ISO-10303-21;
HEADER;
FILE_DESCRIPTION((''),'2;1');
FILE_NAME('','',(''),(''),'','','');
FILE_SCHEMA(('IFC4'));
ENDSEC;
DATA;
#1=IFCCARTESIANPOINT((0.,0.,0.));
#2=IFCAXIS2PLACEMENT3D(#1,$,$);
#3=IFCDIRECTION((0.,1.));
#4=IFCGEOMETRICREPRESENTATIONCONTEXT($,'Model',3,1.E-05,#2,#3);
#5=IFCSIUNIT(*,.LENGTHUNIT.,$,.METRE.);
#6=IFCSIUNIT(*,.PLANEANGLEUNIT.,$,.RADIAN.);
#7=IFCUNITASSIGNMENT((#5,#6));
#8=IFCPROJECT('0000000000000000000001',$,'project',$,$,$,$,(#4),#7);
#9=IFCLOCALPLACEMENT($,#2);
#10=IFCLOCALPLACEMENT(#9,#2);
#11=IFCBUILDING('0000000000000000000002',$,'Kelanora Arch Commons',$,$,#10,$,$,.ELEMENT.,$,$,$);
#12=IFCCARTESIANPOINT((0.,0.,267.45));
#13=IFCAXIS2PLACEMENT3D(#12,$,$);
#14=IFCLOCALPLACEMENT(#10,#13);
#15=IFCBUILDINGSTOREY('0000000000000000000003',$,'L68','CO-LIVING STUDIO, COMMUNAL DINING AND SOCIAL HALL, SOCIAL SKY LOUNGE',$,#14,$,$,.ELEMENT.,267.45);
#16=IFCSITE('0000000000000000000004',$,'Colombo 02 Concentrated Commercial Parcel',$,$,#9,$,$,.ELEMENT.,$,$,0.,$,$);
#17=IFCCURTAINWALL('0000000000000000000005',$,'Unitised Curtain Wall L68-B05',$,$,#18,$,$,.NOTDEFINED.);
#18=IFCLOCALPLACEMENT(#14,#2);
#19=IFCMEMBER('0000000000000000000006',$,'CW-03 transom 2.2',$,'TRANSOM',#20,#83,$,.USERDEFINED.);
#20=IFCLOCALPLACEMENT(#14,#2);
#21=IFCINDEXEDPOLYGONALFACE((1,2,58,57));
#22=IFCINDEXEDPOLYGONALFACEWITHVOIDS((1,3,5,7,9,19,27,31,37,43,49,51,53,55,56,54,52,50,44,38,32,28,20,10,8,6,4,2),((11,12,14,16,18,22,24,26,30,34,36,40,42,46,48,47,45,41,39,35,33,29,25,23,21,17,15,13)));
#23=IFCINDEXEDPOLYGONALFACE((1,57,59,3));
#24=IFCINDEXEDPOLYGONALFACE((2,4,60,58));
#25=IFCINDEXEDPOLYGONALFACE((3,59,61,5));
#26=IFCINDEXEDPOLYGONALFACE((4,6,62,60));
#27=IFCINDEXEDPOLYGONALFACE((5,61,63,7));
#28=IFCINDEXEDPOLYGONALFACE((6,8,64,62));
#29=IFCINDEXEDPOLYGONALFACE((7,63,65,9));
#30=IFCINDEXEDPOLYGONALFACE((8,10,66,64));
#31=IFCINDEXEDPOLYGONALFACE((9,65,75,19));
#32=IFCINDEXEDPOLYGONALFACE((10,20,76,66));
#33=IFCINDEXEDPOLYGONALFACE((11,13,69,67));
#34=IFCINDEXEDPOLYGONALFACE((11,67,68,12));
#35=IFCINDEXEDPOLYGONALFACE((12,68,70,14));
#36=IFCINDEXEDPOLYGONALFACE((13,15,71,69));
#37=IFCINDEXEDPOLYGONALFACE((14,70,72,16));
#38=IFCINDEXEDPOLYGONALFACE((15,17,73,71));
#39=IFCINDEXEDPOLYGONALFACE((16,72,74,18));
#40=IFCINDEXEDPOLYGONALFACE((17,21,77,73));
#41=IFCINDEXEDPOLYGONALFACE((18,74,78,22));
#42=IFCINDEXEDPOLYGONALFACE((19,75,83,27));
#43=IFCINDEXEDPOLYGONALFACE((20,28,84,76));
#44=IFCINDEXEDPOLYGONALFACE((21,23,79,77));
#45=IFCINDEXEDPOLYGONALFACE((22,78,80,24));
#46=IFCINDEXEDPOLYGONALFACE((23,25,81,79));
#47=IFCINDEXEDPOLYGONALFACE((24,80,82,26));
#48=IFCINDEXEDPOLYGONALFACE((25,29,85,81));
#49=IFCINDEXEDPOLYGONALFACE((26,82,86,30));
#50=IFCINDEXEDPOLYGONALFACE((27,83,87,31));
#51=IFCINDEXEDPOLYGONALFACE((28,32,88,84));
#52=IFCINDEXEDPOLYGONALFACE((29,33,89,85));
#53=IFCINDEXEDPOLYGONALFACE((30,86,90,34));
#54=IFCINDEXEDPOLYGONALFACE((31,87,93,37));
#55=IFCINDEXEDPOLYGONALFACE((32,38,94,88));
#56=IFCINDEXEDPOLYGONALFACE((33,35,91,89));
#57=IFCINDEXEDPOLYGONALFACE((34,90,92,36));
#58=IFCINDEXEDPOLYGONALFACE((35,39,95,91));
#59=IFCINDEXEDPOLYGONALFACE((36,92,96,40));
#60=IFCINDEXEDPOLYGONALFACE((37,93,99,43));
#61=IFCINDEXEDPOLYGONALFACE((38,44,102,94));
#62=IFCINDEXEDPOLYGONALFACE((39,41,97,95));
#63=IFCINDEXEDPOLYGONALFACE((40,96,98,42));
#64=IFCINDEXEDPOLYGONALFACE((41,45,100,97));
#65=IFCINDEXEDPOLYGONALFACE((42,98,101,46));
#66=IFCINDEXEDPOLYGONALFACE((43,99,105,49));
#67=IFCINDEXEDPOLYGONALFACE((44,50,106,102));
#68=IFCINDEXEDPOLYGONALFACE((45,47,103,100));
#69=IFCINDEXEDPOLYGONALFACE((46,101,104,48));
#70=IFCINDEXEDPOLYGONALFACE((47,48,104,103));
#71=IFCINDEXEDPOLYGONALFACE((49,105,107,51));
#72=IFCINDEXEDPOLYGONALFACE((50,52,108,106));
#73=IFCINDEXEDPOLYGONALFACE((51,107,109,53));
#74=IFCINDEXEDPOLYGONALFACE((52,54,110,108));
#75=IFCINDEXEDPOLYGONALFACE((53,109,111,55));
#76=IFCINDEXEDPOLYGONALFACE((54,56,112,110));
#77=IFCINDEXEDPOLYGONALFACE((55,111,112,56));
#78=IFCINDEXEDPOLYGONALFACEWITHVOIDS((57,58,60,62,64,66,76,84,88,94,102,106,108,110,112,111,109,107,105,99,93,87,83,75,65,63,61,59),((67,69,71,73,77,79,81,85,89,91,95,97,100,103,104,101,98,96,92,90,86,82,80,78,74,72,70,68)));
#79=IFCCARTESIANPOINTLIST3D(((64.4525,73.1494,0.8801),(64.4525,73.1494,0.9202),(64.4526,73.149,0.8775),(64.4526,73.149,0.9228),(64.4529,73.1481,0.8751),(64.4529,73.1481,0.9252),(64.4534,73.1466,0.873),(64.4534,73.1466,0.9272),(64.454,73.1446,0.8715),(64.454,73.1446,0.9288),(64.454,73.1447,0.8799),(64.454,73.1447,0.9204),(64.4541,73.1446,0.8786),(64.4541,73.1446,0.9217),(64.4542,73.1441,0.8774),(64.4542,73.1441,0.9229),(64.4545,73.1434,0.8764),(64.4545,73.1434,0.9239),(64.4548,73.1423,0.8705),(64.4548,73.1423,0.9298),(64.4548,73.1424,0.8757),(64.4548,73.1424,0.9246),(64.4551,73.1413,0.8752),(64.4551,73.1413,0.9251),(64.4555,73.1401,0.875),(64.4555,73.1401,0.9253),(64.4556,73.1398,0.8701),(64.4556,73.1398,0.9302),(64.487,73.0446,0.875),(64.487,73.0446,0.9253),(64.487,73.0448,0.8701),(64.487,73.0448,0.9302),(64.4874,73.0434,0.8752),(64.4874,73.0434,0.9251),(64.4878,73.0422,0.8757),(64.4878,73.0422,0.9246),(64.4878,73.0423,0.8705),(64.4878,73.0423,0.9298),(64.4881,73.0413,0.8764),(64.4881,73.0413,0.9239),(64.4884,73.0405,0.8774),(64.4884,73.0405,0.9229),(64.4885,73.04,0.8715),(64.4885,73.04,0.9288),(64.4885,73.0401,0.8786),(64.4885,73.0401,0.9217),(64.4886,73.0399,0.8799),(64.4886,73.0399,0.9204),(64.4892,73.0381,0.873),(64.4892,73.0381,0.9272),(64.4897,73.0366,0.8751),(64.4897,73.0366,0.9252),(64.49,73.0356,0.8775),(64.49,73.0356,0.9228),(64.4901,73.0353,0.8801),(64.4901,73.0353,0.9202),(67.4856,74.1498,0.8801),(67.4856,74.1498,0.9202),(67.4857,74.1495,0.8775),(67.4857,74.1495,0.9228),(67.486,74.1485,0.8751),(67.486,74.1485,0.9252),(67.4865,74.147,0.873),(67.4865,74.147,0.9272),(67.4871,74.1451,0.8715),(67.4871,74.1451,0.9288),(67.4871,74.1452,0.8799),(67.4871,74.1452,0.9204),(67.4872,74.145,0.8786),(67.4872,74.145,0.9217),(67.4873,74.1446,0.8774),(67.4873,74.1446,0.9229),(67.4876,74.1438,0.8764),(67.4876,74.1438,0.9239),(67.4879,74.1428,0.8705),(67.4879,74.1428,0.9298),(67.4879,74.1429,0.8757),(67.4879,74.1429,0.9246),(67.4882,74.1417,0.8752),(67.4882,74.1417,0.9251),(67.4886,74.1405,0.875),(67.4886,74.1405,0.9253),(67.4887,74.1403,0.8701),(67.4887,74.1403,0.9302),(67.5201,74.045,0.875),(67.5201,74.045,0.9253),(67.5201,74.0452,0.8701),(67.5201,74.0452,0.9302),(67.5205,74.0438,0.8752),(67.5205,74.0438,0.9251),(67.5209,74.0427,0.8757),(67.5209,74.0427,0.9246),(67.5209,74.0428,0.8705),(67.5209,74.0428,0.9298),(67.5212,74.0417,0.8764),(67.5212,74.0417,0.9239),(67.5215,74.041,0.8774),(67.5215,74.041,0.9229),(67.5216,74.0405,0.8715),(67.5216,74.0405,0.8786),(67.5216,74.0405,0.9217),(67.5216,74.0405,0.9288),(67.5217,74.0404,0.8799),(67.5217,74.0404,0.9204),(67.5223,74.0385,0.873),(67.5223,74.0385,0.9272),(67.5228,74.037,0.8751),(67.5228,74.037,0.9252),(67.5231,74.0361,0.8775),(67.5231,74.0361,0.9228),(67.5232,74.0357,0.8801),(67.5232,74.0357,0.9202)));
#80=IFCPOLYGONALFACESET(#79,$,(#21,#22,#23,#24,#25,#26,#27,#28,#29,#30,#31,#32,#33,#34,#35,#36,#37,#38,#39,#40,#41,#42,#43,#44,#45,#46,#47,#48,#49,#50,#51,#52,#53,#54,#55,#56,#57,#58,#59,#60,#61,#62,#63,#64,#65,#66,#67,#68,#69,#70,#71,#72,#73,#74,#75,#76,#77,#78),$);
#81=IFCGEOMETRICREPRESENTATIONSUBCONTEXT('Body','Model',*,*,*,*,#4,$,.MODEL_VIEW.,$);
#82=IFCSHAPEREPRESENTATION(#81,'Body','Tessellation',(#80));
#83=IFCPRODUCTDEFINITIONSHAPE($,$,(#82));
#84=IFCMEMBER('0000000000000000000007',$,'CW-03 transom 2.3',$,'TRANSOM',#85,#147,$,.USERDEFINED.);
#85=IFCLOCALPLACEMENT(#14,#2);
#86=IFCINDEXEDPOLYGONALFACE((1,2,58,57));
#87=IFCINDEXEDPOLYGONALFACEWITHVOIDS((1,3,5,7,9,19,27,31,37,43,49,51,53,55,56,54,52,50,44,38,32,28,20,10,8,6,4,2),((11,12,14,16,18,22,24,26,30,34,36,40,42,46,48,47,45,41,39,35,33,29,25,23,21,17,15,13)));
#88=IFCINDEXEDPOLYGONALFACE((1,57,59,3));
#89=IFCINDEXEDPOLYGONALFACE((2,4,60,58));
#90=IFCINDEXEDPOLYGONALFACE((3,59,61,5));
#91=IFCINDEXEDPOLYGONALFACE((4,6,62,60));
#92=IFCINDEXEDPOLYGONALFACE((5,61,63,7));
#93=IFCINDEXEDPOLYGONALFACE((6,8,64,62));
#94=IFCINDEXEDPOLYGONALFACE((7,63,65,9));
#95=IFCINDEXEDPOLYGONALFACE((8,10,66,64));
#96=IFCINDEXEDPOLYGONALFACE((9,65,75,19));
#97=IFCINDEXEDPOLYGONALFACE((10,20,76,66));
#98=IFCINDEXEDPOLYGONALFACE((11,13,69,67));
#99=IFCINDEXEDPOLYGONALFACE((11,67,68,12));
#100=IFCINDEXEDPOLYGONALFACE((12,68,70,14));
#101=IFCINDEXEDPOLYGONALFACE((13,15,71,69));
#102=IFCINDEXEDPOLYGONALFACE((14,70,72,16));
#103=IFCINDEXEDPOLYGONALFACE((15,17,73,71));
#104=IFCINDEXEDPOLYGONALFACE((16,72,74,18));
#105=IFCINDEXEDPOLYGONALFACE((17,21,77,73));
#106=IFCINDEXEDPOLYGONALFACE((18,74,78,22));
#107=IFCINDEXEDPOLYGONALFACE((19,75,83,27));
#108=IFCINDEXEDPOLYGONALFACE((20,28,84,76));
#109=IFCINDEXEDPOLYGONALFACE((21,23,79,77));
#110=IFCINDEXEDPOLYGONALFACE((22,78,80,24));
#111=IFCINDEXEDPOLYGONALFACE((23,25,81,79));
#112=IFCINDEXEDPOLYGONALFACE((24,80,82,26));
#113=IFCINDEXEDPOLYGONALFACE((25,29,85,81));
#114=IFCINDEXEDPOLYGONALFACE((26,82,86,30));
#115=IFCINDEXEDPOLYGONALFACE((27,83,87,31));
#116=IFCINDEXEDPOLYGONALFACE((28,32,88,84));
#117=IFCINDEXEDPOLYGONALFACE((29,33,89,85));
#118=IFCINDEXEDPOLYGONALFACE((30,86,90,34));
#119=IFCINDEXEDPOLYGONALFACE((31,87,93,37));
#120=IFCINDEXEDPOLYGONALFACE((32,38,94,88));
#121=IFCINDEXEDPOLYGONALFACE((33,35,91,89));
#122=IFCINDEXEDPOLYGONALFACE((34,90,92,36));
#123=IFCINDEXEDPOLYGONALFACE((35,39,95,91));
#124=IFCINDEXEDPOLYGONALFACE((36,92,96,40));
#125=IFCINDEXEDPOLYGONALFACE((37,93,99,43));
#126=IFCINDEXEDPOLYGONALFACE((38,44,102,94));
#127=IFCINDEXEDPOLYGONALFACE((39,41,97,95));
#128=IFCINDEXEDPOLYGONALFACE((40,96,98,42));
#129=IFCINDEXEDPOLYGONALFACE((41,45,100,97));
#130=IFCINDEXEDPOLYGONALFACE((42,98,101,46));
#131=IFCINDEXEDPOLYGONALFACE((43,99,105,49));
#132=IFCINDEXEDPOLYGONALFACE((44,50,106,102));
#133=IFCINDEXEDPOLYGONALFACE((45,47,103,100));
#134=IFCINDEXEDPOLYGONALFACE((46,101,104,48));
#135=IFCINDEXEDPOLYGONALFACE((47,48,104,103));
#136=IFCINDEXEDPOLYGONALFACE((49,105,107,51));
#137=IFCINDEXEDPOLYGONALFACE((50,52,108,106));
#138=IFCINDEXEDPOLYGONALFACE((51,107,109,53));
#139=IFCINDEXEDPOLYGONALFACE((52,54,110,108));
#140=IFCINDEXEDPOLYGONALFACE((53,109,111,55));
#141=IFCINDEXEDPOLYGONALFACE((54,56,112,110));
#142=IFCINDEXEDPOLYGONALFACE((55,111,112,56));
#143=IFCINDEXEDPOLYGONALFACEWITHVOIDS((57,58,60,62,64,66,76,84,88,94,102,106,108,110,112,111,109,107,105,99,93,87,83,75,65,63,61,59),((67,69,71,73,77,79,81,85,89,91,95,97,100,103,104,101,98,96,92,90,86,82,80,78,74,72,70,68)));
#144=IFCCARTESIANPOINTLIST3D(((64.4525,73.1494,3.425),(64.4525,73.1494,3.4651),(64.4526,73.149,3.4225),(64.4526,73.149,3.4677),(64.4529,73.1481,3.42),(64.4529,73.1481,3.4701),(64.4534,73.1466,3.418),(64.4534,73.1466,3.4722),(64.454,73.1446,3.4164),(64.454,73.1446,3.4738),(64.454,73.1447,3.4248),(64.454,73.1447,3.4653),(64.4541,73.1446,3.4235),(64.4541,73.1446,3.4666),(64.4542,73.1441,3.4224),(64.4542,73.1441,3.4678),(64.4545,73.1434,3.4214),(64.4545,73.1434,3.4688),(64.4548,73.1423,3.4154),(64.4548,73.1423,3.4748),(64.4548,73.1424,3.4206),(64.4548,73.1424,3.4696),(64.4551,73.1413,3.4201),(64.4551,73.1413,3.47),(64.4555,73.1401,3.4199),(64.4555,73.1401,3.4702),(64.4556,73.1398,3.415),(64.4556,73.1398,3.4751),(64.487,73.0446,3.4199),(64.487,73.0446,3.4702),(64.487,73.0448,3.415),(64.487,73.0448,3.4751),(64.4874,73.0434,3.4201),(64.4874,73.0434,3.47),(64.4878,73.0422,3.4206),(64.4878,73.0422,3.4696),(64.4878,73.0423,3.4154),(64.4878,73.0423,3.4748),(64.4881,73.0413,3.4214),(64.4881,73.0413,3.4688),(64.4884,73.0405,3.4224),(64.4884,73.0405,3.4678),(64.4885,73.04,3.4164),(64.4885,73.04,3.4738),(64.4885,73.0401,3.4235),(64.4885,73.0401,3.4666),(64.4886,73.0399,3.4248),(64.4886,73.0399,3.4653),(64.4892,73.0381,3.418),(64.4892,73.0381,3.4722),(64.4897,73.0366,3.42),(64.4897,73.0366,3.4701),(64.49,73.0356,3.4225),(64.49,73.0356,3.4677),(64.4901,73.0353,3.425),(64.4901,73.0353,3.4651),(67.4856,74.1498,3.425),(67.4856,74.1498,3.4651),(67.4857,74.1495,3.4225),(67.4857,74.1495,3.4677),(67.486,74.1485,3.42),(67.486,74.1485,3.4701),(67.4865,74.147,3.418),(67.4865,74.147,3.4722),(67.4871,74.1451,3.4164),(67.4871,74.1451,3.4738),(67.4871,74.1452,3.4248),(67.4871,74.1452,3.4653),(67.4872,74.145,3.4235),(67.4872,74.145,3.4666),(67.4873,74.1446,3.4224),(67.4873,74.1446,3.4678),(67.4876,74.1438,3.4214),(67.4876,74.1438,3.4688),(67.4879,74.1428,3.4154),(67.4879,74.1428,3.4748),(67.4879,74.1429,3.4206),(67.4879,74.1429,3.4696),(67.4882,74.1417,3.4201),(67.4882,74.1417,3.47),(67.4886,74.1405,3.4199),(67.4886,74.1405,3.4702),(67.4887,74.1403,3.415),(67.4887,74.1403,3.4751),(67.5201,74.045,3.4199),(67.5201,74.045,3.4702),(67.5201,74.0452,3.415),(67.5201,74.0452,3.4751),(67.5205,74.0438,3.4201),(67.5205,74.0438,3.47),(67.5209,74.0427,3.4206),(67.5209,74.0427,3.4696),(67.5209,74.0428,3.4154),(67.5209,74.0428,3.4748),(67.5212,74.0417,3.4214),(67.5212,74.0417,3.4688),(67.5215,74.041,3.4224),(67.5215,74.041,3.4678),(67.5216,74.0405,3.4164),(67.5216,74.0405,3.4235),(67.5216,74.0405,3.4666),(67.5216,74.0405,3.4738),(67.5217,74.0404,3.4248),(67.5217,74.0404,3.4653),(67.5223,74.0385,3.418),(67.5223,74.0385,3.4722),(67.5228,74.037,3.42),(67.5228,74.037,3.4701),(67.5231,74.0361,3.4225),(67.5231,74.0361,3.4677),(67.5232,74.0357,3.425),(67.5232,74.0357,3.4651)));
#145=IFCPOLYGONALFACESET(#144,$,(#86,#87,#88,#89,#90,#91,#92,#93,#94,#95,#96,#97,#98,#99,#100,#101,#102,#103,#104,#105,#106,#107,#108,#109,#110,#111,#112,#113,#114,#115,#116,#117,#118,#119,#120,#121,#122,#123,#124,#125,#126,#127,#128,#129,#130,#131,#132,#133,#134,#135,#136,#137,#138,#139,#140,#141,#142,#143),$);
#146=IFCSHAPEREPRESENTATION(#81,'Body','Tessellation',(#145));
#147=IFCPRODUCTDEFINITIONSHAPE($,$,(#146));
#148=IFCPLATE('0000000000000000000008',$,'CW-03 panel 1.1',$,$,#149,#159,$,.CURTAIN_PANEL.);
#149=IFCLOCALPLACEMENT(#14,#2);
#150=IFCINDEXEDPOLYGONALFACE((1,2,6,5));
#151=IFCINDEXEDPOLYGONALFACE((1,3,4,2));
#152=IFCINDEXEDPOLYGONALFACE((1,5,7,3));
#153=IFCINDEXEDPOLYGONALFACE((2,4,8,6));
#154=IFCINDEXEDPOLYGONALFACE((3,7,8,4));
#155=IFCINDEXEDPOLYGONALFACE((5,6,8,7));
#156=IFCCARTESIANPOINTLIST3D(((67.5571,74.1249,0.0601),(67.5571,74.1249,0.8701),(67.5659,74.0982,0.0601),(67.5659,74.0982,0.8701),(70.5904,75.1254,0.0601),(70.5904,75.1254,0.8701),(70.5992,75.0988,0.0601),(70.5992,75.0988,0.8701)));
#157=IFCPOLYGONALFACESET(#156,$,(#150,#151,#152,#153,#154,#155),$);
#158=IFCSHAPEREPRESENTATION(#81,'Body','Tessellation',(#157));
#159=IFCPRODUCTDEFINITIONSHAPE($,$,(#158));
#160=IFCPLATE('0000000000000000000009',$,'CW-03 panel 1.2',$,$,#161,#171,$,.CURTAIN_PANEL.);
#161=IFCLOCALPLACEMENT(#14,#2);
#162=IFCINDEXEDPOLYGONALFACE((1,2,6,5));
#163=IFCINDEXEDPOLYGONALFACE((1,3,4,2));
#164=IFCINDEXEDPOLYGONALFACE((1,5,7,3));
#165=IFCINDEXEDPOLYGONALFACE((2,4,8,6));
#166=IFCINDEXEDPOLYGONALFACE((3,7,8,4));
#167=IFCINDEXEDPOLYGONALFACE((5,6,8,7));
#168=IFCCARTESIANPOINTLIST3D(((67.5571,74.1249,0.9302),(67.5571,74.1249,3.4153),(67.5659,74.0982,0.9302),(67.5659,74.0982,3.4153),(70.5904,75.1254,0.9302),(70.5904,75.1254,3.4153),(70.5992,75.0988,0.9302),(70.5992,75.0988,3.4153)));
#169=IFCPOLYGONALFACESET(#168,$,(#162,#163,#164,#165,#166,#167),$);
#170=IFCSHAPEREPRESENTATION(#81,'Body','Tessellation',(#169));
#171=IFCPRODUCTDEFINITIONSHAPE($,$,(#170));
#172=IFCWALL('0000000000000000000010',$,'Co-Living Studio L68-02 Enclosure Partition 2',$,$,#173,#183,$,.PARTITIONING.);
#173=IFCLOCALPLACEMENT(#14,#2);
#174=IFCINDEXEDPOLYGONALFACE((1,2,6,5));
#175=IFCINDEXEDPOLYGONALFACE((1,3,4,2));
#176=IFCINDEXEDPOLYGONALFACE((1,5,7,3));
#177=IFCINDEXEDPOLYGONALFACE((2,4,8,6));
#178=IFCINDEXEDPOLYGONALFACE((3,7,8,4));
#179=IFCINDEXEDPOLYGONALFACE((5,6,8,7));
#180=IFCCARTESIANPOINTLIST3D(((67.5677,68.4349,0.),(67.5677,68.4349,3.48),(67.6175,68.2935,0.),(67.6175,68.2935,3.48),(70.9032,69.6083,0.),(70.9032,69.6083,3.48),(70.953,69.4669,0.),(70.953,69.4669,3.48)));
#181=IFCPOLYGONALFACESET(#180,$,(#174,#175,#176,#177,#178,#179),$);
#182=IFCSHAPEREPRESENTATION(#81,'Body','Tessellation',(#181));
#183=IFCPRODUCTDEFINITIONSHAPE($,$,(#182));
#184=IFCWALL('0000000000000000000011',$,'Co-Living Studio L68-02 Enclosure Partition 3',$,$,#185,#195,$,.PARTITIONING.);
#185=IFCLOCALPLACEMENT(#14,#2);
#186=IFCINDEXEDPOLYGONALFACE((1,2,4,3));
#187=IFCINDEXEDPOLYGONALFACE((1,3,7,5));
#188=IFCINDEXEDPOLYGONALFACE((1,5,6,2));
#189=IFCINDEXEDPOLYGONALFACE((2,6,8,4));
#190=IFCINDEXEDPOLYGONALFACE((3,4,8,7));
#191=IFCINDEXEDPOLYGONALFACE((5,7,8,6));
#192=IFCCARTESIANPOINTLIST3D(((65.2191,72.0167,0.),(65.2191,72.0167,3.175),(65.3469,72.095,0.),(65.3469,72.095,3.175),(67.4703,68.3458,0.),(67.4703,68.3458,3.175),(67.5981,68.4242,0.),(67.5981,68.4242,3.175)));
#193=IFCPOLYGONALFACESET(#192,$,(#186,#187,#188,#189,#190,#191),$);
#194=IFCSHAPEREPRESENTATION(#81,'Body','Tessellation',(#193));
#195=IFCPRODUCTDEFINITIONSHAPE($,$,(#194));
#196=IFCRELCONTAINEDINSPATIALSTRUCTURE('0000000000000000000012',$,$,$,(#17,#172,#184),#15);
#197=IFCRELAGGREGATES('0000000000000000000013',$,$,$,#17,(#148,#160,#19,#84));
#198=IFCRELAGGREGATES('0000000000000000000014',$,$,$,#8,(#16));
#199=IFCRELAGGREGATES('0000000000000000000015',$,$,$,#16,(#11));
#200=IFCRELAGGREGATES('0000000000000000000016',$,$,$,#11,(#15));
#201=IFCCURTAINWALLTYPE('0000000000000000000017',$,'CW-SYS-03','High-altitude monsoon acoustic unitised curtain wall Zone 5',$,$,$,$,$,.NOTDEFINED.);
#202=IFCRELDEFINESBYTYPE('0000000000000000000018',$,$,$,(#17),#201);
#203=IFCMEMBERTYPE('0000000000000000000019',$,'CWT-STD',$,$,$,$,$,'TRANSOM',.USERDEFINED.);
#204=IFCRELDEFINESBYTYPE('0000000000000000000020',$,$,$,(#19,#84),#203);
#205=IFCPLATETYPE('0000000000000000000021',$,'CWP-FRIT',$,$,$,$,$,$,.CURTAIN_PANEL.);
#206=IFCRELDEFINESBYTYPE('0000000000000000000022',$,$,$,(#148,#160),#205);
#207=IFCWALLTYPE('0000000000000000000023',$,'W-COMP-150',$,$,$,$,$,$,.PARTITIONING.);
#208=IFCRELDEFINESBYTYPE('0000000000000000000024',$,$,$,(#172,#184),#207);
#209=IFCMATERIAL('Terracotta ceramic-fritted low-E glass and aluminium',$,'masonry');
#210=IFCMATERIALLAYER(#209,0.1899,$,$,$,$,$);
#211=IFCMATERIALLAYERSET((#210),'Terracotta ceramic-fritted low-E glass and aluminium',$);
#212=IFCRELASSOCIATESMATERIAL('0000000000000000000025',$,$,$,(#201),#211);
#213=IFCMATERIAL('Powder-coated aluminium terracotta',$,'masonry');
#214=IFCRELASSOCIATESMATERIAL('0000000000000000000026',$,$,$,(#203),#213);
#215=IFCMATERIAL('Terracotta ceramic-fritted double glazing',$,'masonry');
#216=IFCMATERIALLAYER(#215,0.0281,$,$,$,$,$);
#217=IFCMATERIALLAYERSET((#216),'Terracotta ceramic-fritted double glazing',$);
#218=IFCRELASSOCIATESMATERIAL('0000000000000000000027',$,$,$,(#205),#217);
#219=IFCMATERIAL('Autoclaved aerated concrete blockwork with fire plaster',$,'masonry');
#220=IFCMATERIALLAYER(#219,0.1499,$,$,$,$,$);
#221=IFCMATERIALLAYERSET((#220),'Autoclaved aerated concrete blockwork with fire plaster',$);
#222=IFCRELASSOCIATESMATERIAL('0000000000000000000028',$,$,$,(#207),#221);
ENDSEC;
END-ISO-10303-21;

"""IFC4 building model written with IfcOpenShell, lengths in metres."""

from ifc_helpers import new_model, si_unit, direction, frame, frame_2d, origin, origin_2d, place, context, subcontext, project, spatial, rectangle, hollow_rectangle, extrude, source, transform, mapped, material, layer, layer_set, material_profile, profile_set, type_object, element, aggregate, save


model = new_model("IFC4")

# Units and contexts
model_context = context("Model", 3, precision=1e-05, world=origin(), true_north=direction((0.0, 1.0)))
body_context = subcontext(model_context, "Body", "Model", "MODEL_VIEW")
ifc_project = project(units=[si_unit("LENGTHUNIT", "METRE"), si_unit("PLANEANGLEUNIT", "RADIAN")], contexts=[model_context])

# Site, building, storey
site_placement = place(None, origin())
site = spatial("IfcSite", under=ifc_project, at=site_placement, Name="Colombo 02 Concentrated Commercial Parcel", CompositionType="ELEMENT", RefElevation=0.0)
building_placement = place(site_placement, origin())
building = spatial("IfcBuilding", under=site, at=building_placement, Name="Kelanora Arch Commons", CompositionType="ELEMENT")
storey_placement = place(building_placement, frame((0.0, 0.0, 267.45)))
storey = spatial("IfcBuildingStorey", under=building, at=storey_placement, Name="L68", Description="CO-LIVING STUDIO, COMMUNAL DINING AND SOCIAL HALL, SOCIAL SKY LOUNGE", CompositionType="ELEMENT", Elevation=267.45)

# Curtain wall, members, plates
ifc_material_1 = material(Name="Terracotta ceramic-fritted low-E glass and aluminium", Category="masonry")
ifc_layer_1 = layer(ifc_material_1, 0.1899)
ifc_layer_set_1 = layer_set([ifc_layer_1], Name="Terracotta ceramic-fritted low-E glass and aluminium")
curtain_wall_type = type_object("IfcCurtainWallType", Name="CW-SYS-03", Description="High-altitude monsoon acoustic unitised curtain wall Zone 5", PredefinedType="NOTDEFINED", material=ifc_layer_set_1)
curtain_wall_placement = place(storey_placement, origin())
curtain_wall = element("IfcCurtainWall", 1, at=curtain_wall_placement, inside=storey, type_object=curtain_wall_type, Name="Unitised Curtain Wall L68-B05", PredefinedType="NOTDEFINED")
ifc_material_2 = material(Name="Powder-coated aluminium terracotta", Category="masonry")
ifc_material_profile_1 = material_profile(ifc_material_2, hollow_rectangle(XDim=0.1201, YDim=0.0601, WallThickness=0.0049, InnerFilletRadius=0.0049, OuterFilletRadius=0.01, at=origin_2d()), Name="CWT120x60")
ifc_profile_set_1 = profile_set([ifc_material_profile_1], Name="Powder-coated aluminium terracotta")
member_type_1 = type_object("IfcMemberType", Name="CWT-STD", ElementType="TRANSOM", PredefinedType="USERDEFINED", material=ifc_profile_set_1)
member_1_placement = place(storey_placement, frame((67.5044, 74.0928, 0.9001), z_axis=(-0.949672, -0.313245, 0.0), x_axis=(0.313245, -0.949672, 0.0)))
member_1 = element("IfcMember", 2, at=member_1_placement, type_object=member_type_1, Name="CW-03 transom 2.2", ObjectType="TRANSOM", PredefinedType="USERDEFINED", context=body_context, shape_type="SweptSolid", body=[
    extrude(hollow_rectangle(XDim=0.1201, YDim=0.0601, WallThickness=0.0049, InnerFilletRadius=0.0049, OuterFilletRadius=0.01, at=origin_2d()), origin(), (0.0, 0.0, 1.0), 3.1938),
])
member_2_placement = place(storey_placement, frame((67.5044, 74.0928, 3.4451), z_axis=(-0.949672, -0.313245, 0.0), x_axis=(0.313245, -0.949672, 0.0)))
member_2 = element("IfcMember", 3, at=member_2_placement, type_object=member_type_1, Name="CW-03 transom 2.3", ObjectType="TRANSOM", PredefinedType="USERDEFINED", context=body_context, shape_type="SweptSolid", body=[
    extrude(hollow_rectangle(XDim=0.1201, YDim=0.0601, WallThickness=0.0049, InnerFilletRadius=0.0049, OuterFilletRadius=0.01, at=origin_2d()), origin(), (0.0, 0.0, 1.0), 3.1938),
])
ifc_material_3 = material(Name="Terracotta ceramic-fritted double glazing", Category="masonry")
ifc_layer_2 = layer(ifc_material_3, 0.0281)
ifc_layer_set_2 = layer_set([ifc_layer_2], Name="Terracotta ceramic-fritted double glazing")
plate_type = type_object("IfcPlateType", Name="CWP-FRIT", PredefinedType="CURTAIN_PANEL", material=ifc_layer_set_2)
shared_shape_1 = source(origin(), body_context, "Body", "SweptSolid", [
    extrude(rectangle(XDim=3.1941, YDim=0.0281, at=origin_2d()), origin(), (0.0, 0.0, 1.0), 0.8101),
])
plate_1_placement = place(storey_placement, frame((69.0781, 74.6118, 0.0601), z_axis=(0.0, 0.0, 1.0), x_axis=(-0.94967, -0.313253, 0.0)))
plate_1 = element("IfcPlate", 4, at=plate_1_placement, type_object=plate_type, Name="CW-03 panel 1.1", PredefinedType="CURTAIN_PANEL", context=body_context, shape_type="MappedRepresentation", body=[
    mapped(shared_shape_1, transform((0.0, 0.0, 0.0), scale=1.0)),
])
shared_shape_2 = source(origin(), body_context, "Body", "SweptSolid", [
    extrude(rectangle(XDim=3.1941, YDim=0.0281, at=origin_2d()), origin(), (0.0, 0.0, 1.0), 2.4851),
])
plate_2_placement = place(storey_placement, frame((69.0781, 74.6118, 0.9302), z_axis=(0.0, 0.0, 1.0), x_axis=(-0.94967, -0.313253, 0.0)))
plate_2 = element("IfcPlate", 5, at=plate_2_placement, type_object=plate_type, Name="CW-03 panel 1.2", PredefinedType="CURTAIN_PANEL", context=body_context, shape_type="MappedRepresentation", body=[
    mapped(shared_shape_2, transform((0.0, 0.0, 0.0), scale=1.0)),
])
aggregate(curtain_wall, [plate_1, plate_2, member_1, member_2])

# Walls
ifc_material_4 = material(Name="Autoclaved aerated concrete blockwork with fire plaster", Category="masonry")
ifc_layer_3 = layer(ifc_material_4, 0.1499)
ifc_layer_set_3 = layer_set([ifc_layer_3], Name="Autoclaved aerated concrete blockwork with fire plaster")
wall_type_1 = type_object("IfcWallType", Name="W-COMP-150", PredefinedType="PARTITIONING", material=ifc_layer_set_3)
wall_1_placement = place(storey_placement, frame((70.9282, 69.5376, 0.0), z_axis=(0.0, 0.0, 1.0), x_axis=(-0.943334, -0.331845, 0.0)))
element("IfcWall", 6, at=wall_1_placement, inside=storey, type_object=wall_type_1, Name="Co-Living Studio L68-02 Enclosure Partition 2", PredefinedType="PARTITIONING", context=body_context, shape_type="SweptSolid", body=[
    extrude(rectangle(XDim=3.5359, YDim=0.1499, at=frame_2d((1.7681, 0.0))), origin(), (0.0, 0.0, 1.0), 3.48),
])
wall_2_placement = place(storey_placement, frame((67.5342, 68.385, 0.0), z_axis=(0.0, 0.0, 1.0), x_axis=(-0.522784, 0.852465, 0.0)))
element("IfcWall", 7, at=wall_2_placement, inside=storey, type_object=wall_type_1, Name="Co-Living Studio L68-02 Enclosure Partition 3", PredefinedType="PARTITIONING", context=body_context, shape_type="SweptSolid", body=[
    extrude(rectangle(XDim=4.3062, YDim=0.1499, at=frame_2d((2.1531, 0.0))), origin(), (0.0, 0.0, 1.0), 3.175),
])

save(model, "model.ifc")
